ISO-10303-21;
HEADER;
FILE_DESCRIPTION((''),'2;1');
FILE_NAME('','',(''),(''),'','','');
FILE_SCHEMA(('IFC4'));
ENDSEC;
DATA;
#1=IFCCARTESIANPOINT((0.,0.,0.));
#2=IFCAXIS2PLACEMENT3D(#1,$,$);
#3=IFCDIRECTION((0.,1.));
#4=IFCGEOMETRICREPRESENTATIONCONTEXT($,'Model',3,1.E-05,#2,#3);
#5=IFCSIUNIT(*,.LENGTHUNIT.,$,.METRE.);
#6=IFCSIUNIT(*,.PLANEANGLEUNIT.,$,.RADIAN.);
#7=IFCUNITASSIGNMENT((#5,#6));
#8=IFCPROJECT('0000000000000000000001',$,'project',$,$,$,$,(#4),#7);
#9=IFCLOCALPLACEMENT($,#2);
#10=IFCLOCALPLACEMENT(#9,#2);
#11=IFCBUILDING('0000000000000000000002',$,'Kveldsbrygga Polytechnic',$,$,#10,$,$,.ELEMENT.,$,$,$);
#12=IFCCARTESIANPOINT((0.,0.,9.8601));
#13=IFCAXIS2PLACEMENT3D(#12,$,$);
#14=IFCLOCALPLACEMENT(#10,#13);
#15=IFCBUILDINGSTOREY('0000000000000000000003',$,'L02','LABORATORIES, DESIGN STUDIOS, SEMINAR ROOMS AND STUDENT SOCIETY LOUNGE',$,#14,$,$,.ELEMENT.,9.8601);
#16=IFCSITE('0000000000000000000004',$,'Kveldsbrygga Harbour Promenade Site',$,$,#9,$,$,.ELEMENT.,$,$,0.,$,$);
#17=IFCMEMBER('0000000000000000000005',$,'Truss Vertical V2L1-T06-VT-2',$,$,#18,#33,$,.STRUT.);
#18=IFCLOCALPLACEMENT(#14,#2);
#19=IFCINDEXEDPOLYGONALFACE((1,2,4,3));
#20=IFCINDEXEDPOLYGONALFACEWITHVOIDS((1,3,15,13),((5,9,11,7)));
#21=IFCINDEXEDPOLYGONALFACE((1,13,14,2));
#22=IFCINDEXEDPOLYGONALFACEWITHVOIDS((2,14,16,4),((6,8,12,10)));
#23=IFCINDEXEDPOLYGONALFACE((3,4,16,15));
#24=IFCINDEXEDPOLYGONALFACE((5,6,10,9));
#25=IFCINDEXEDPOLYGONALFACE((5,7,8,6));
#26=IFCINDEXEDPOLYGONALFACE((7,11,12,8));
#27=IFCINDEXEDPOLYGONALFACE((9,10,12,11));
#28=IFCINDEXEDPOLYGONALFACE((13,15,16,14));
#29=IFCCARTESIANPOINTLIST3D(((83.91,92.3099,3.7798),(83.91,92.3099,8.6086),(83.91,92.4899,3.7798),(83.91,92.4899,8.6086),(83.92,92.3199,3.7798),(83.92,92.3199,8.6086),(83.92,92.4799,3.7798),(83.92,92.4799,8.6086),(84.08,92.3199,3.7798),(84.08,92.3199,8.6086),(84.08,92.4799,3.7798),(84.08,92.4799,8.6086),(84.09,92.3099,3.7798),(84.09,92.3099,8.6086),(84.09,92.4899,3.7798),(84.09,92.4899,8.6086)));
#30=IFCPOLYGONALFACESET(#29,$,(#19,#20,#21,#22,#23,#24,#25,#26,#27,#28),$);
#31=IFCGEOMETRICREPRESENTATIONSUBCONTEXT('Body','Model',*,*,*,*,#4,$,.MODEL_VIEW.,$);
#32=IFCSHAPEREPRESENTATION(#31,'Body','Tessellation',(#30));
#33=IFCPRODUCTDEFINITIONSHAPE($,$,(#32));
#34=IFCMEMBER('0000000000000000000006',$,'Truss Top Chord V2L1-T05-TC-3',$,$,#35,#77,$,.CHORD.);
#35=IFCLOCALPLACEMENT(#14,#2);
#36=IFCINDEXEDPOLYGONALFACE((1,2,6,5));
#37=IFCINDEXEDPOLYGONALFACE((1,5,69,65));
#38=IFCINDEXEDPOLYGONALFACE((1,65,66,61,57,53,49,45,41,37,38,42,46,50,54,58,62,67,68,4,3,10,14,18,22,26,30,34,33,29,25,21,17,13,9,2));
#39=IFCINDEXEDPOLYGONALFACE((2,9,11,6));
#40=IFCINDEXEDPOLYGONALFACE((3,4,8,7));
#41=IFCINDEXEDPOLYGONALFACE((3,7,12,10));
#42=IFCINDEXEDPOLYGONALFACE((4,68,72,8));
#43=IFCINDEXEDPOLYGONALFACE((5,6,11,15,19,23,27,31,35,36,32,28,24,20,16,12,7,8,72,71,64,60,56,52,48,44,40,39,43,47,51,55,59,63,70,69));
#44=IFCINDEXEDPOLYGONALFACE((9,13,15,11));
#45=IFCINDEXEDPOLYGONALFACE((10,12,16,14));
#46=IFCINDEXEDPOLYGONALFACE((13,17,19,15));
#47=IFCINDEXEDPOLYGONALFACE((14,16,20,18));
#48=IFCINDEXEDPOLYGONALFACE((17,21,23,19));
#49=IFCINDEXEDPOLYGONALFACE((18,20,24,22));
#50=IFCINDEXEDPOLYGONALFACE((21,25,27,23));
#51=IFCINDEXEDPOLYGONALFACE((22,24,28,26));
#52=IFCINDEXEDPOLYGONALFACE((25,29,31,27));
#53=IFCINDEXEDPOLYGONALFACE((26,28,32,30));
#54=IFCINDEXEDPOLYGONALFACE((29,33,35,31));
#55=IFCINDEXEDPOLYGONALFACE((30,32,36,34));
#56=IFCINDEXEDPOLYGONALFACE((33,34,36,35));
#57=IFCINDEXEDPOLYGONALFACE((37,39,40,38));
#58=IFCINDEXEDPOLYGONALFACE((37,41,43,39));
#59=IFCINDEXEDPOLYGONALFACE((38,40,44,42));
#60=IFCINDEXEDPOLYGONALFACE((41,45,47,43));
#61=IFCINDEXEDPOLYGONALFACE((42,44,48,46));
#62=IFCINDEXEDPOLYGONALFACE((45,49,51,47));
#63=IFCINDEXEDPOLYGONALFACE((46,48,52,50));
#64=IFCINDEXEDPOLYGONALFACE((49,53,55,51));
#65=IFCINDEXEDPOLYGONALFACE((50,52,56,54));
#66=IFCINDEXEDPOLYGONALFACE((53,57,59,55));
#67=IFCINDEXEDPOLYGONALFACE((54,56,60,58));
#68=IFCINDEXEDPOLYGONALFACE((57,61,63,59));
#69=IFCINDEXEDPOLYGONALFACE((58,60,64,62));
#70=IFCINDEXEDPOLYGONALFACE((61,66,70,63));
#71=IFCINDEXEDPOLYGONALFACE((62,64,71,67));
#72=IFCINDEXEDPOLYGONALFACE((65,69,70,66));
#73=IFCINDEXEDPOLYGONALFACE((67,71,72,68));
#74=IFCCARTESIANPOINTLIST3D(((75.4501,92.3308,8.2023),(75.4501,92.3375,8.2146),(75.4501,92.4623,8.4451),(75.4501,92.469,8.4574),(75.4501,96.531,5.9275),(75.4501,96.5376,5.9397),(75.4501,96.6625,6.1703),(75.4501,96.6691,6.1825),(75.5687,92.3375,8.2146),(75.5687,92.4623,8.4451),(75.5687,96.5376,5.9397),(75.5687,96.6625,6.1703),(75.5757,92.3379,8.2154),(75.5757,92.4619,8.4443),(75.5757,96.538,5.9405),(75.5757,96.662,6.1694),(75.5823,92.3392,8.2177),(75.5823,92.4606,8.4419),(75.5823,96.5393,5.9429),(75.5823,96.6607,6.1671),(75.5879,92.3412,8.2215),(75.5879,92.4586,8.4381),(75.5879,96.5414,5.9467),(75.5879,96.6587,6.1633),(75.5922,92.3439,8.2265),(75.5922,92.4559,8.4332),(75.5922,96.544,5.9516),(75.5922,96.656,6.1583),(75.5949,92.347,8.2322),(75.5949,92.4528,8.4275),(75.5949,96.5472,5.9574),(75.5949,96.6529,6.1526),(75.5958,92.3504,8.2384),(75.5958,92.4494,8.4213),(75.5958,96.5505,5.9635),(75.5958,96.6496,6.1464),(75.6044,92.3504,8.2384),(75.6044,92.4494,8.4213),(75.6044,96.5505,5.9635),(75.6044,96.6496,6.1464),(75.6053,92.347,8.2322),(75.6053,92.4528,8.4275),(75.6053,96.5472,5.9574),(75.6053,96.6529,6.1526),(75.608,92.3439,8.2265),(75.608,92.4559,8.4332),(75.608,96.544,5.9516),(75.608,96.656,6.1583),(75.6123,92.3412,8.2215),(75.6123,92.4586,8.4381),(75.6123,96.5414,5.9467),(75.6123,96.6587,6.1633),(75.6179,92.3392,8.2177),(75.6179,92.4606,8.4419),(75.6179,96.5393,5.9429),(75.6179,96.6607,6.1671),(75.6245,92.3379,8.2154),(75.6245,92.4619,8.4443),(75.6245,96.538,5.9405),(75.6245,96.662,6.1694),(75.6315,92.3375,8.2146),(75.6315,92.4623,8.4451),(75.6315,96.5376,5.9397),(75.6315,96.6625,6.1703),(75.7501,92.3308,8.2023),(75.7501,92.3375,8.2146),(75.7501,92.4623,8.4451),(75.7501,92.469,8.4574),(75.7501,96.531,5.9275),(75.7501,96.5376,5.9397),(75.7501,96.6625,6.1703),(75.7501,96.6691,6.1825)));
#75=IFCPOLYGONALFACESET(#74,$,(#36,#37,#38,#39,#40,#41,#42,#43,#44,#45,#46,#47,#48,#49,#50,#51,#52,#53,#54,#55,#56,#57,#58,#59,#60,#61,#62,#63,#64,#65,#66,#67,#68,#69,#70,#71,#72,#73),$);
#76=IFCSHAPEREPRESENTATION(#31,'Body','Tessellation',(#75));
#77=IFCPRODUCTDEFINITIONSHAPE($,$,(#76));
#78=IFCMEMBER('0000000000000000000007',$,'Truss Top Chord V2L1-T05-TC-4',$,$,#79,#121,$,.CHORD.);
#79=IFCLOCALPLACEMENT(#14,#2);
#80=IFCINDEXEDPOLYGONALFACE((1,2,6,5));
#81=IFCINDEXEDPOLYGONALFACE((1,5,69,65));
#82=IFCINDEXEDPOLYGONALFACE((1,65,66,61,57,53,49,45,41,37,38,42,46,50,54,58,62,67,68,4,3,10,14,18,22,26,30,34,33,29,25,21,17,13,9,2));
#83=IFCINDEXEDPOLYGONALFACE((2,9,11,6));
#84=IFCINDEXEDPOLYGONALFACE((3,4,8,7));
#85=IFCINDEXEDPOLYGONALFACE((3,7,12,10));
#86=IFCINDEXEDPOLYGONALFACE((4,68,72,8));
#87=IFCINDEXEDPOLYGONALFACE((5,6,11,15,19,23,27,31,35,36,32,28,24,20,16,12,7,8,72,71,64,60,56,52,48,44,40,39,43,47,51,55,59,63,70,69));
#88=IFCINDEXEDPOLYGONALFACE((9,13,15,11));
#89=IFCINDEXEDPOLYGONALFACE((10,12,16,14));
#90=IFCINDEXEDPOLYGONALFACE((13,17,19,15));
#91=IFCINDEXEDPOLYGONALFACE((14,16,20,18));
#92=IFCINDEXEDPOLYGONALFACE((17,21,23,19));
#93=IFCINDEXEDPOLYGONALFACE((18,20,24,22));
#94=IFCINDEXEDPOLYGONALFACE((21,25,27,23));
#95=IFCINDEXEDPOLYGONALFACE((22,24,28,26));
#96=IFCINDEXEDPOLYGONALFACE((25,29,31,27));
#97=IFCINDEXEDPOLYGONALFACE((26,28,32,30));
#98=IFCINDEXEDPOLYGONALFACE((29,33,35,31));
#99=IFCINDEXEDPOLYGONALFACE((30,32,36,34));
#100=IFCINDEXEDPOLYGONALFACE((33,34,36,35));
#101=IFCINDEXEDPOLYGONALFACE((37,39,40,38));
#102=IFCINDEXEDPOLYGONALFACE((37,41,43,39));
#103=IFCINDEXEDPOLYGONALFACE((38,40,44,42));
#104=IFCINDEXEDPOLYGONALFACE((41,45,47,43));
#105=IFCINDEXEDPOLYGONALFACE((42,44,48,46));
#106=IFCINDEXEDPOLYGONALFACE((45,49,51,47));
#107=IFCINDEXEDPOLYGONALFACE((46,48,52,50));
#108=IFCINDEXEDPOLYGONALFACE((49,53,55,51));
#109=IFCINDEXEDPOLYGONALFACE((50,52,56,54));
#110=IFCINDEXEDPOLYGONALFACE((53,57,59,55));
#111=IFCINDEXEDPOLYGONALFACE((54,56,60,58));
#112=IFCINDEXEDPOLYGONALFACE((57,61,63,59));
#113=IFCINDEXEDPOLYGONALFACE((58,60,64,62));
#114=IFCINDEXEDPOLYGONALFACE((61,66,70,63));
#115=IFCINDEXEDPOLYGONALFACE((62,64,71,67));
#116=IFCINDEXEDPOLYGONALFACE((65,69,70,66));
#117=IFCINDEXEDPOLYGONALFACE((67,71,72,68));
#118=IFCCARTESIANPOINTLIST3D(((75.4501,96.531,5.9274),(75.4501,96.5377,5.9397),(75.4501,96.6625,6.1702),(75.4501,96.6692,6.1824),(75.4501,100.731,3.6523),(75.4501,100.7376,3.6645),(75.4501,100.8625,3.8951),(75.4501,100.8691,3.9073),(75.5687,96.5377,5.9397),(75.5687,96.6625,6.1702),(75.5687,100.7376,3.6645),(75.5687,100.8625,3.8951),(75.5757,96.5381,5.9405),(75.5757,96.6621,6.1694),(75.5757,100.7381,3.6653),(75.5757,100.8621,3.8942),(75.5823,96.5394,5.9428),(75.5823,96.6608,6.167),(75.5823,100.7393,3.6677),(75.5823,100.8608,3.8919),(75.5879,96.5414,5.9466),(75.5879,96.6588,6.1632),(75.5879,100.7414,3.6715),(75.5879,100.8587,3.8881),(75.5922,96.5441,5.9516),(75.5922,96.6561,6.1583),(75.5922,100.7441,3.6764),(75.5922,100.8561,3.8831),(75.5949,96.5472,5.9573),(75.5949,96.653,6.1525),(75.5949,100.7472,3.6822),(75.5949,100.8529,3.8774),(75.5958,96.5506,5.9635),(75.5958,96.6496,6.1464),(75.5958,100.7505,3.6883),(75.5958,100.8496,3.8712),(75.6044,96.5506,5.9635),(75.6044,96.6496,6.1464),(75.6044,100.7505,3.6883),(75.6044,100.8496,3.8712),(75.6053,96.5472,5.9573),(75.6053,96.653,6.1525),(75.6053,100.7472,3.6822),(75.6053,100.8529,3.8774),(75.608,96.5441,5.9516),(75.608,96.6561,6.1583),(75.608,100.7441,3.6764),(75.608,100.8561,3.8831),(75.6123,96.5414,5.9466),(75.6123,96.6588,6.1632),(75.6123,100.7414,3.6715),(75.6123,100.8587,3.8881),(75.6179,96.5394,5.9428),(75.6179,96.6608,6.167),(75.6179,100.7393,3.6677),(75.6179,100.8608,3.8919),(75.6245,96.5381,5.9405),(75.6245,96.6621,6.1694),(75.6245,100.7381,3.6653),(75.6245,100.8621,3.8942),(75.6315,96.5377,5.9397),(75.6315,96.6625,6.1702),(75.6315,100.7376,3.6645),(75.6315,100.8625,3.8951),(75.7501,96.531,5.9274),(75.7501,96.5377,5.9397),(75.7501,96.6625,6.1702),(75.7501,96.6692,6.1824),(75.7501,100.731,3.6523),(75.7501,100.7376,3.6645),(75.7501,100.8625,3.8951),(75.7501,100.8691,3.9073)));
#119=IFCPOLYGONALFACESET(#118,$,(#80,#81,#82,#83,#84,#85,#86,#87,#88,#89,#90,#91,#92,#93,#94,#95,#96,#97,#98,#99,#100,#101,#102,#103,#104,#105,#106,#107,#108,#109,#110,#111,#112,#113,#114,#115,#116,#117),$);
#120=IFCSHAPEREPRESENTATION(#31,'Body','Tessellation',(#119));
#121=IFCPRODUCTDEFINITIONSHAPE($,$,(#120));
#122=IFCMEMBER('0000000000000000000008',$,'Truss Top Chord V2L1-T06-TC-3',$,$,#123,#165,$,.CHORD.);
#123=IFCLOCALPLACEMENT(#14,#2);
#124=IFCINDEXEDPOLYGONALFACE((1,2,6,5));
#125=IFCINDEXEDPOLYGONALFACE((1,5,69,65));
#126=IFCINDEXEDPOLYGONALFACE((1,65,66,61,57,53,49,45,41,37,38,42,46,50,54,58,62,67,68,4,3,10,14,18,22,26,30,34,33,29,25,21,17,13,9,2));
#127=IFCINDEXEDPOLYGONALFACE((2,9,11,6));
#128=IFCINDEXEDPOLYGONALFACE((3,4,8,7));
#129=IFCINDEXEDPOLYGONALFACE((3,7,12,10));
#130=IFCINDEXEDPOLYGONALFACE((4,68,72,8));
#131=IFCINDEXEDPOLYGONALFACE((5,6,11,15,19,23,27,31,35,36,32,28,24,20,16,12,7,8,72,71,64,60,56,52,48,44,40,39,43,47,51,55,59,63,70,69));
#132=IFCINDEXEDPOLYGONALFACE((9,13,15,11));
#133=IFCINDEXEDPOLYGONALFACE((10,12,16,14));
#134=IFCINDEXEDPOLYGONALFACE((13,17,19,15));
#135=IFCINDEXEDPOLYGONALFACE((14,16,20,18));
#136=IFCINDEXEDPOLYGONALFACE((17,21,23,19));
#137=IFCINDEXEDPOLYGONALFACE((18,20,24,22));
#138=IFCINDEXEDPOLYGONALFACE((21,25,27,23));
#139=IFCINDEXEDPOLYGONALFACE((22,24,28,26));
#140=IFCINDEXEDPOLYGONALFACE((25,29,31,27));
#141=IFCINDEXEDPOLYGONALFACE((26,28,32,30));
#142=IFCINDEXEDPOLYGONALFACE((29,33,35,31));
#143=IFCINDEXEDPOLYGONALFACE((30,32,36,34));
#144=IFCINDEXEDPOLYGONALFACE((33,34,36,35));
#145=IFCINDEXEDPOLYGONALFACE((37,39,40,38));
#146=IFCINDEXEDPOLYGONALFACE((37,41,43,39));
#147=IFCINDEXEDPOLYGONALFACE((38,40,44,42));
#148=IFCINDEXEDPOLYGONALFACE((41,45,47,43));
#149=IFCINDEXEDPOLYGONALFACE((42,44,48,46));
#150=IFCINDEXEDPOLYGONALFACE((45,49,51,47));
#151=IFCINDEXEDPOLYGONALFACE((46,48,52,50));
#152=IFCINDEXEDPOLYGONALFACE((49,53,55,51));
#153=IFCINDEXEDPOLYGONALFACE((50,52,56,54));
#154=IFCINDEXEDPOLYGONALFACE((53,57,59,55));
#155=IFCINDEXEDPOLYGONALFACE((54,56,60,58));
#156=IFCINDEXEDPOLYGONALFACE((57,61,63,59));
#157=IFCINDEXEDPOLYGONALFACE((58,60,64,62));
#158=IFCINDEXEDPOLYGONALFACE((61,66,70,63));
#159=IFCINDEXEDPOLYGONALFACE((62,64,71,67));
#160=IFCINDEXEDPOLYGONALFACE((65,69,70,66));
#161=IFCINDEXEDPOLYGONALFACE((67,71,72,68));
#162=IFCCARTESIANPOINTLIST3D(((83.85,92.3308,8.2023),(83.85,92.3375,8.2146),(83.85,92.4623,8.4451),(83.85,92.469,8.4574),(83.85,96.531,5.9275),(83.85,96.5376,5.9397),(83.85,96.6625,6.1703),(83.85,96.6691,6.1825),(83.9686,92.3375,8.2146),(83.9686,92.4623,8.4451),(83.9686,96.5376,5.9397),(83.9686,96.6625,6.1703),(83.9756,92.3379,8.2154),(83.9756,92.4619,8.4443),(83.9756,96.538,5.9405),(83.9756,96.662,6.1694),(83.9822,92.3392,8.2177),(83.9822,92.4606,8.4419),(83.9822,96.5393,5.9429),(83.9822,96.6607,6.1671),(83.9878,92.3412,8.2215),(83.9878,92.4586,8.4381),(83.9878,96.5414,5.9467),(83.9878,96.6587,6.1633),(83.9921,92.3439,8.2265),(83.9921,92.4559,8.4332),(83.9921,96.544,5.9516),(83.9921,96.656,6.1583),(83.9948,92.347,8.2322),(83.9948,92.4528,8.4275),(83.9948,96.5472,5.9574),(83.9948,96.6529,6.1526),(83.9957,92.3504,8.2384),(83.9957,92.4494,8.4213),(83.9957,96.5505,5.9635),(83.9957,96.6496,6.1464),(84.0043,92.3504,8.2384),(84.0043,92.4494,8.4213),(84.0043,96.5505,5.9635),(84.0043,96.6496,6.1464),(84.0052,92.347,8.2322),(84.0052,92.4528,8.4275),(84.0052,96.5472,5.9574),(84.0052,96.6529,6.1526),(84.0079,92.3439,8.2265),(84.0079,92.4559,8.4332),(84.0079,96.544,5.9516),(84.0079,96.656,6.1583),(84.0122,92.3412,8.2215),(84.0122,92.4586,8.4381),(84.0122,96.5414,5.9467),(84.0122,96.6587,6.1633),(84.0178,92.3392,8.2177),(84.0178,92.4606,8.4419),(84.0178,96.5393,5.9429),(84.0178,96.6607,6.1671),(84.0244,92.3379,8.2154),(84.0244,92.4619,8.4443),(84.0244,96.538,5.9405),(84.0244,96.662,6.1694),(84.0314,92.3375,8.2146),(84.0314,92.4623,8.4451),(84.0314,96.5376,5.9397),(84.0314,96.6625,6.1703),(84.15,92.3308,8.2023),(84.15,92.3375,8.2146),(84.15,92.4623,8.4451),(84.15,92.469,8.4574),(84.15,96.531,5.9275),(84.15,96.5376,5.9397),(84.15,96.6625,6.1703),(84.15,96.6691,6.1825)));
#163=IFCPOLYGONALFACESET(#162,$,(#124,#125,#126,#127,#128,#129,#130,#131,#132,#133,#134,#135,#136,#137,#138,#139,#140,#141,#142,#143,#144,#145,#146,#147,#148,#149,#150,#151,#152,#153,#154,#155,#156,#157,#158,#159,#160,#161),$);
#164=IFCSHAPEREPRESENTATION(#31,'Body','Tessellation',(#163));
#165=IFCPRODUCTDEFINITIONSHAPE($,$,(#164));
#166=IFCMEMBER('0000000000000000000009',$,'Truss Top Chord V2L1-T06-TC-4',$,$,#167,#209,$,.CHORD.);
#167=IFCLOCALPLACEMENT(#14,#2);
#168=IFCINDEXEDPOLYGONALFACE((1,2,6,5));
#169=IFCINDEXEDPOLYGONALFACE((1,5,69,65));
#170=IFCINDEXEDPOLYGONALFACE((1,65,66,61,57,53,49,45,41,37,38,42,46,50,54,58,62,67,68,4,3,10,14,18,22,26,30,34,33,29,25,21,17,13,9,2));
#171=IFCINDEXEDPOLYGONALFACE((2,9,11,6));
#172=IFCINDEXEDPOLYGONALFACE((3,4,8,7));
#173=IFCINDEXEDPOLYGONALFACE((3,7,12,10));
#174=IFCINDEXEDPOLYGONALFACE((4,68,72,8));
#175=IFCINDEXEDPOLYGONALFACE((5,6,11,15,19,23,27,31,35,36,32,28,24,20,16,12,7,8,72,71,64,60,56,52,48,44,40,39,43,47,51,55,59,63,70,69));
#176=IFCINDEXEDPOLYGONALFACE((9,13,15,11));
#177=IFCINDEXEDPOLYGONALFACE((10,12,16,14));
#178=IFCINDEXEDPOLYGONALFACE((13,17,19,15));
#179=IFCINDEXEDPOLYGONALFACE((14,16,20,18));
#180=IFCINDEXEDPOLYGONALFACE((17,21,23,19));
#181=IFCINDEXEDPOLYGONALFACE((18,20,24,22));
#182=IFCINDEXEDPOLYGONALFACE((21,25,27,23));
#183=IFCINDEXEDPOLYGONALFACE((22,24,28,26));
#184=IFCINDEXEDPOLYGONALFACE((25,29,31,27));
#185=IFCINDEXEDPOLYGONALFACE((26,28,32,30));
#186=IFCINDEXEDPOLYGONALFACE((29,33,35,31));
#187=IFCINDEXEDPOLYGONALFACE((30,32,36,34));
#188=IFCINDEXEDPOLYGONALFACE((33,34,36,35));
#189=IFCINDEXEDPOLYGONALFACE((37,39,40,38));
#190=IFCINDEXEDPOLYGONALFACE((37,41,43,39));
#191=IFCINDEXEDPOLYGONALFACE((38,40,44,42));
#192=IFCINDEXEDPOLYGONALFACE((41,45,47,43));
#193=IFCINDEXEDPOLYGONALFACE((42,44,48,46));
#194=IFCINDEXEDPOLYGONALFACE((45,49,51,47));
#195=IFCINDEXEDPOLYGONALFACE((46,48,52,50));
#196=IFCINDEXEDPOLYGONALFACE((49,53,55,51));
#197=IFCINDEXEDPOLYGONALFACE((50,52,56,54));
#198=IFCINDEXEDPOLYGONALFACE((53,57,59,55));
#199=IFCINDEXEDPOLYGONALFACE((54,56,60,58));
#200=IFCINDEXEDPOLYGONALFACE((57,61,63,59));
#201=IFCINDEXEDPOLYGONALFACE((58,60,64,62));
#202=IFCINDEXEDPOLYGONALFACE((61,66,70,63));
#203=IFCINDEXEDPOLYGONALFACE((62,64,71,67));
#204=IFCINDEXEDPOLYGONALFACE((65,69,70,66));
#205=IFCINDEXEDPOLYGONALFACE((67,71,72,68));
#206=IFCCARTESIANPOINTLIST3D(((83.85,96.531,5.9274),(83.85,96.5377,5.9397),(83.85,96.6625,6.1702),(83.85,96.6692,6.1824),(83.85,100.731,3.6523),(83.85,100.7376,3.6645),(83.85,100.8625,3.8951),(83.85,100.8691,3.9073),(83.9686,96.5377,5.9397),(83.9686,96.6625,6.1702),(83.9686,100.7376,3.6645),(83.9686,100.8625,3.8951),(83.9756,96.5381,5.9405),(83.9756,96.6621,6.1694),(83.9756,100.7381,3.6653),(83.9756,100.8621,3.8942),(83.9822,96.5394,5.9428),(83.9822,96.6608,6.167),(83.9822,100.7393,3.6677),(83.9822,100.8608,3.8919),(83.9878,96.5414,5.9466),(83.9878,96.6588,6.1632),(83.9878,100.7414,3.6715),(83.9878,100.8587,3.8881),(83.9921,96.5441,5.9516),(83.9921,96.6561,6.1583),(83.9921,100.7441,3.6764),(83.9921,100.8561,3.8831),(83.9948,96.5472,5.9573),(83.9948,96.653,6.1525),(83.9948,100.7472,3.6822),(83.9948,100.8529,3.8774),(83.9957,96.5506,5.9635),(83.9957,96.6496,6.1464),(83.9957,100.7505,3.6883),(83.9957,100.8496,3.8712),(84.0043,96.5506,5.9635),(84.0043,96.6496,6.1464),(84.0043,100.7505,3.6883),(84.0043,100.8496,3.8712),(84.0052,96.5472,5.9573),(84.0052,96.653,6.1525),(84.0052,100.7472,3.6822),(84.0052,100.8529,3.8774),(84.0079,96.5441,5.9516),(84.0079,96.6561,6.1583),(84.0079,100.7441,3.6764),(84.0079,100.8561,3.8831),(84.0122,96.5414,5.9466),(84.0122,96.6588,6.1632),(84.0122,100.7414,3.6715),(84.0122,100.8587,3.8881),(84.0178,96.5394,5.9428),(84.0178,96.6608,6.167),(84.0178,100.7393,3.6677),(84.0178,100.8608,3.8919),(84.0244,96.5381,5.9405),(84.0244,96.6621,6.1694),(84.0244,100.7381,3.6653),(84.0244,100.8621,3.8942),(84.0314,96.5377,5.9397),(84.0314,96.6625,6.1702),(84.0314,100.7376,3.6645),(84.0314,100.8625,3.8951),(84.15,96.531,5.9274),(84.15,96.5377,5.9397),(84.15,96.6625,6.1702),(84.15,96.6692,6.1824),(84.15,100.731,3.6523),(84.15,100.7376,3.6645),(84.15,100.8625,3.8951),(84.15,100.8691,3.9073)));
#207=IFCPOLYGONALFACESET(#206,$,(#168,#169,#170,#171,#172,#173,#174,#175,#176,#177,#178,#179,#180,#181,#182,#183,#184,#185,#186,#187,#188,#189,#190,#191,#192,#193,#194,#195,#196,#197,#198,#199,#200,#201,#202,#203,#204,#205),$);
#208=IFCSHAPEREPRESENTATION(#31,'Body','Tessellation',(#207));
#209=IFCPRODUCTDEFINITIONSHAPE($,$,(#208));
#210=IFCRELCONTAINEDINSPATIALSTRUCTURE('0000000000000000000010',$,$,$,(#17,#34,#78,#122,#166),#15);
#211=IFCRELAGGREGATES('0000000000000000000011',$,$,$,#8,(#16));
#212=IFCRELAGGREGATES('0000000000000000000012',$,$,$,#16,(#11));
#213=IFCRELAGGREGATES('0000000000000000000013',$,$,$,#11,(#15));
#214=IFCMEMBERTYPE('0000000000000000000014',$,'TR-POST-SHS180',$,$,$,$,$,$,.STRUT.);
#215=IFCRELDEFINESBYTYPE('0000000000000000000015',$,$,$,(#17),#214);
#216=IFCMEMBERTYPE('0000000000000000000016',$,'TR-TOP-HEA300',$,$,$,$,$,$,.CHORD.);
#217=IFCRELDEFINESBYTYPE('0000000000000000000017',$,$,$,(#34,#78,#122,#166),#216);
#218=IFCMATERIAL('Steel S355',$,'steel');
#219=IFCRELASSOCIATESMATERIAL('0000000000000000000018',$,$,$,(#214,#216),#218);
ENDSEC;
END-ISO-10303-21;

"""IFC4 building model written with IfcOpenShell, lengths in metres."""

from ifc_helpers import new_model, si_unit, direction, frame, origin, origin_2d, place, context, subcontext, project, spatial, hollow_rectangle, i_section, extrude, material, material_profile, profile_set, type_object, element, save


model = new_model("IFC4")

# Units and contexts
model_context = context("Model", 3, precision=1e-05, world=origin(), true_north=direction((0.0, 1.0)))
body_context = subcontext(model_context, "Body", "Model", "MODEL_VIEW")
ifc_project = project(units=[si_unit("LENGTHUNIT", "METRE"), si_unit("PLANEANGLEUNIT", "RADIAN")], contexts=[model_context])

# Site, building, storey
site_placement = place(None, origin())
site = spatial("IfcSite", under=ifc_project, at=site_placement, Name="Kveldsbrygga Harbour Promenade Site", CompositionType="ELEMENT", RefElevation=0.0)
building_placement = place(site_placement, origin())
building = spatial("IfcBuilding", under=site, at=building_placement, Name="Kveldsbrygga Polytechnic", CompositionType="ELEMENT")
storey_placement = place(building_placement, frame((0.0, 0.0, 9.8601)))
storey = spatial("IfcBuildingStorey", under=building, at=storey_placement, Name="L02", Description="LABORATORIES, DESIGN STUDIOS, SEMINAR ROOMS AND STUDENT SOCIETY LOUNGE", CompositionType="ELEMENT", Elevation=9.8601)

# Members
ifc_material_1 = material(Name="Steel S355", Category="steel")
ifc_material_profile_1 = material_profile(ifc_material_1, hollow_rectangle(XDim=0.1799, YDim=0.1799, WallThickness=0.01, at=origin_2d()), Name="SHS 180x180x10.0")
ifc_profile_set_1 = profile_set([ifc_material_profile_1], Name="Steel S355")
member_type_1 = type_object("IfcMemberType", Name="TR-POST-SHS180", PredefinedType="STRUT", material=ifc_profile_set_1)
member_1_placement = place(storey_placement, frame((84.0, 92.3999, 3.7798), z_axis=(0.0, 0.0, 1.0), x_axis=(1.0, 0.0, 0.0)))
element("IfcMember", 1, at=member_1_placement, inside=storey, type_object=member_type_1, Name="Truss Vertical V2L1-T06-VT-2", PredefinedType="STRUT", context=body_context, shape_type="SweptSolid", body=[
    extrude(hollow_rectangle(XDim=0.1799, YDim=0.1799, WallThickness=0.01, at=origin_2d()), origin(), (0.0, 0.0, 1.0), 4.8289),
])
ifc_material_profile_2 = material_profile(ifc_material_1, i_section(OverallWidth=0.3, OverallDepth=0.29, WebThickness=0.0085, FlangeThickness=0.0139, FilletRadius=0.0271, at=origin_2d()), Name="HEA 300")
ifc_profile_set_2 = profile_set([ifc_material_profile_2], Name="Steel S355")
member_type_2 = type_object("IfcMemberType", Name="TR-TOP-HEA300", PredefinedType="CHORD", material=ifc_profile_set_2)
for number, where, z_axis, x_axis, name in (
    (2, (75.6001, 92.3999, 8.3298), (0.0, 0.87931, -0.47625), (-1.0, 0.0, 0.0), "Truss Top Chord V2L1-T05-TC-3"),
    (3, (75.6001, 96.6001, 6.0549), (0.0, 0.879277, -0.476311), (-1.0, 0.0, 0.0), "Truss Top Chord V2L1-T05-TC-4"),
    (4, (84.0, 92.3999, 8.3298), (0.0, 0.87931, -0.47625), (-1.0, 0.0, 0.0), "Truss Top Chord V2L1-T06-TC-3"),
    (5, (84.0, 96.6001, 6.0549), (0.0, 0.879277, -0.476311), (-1.0, 0.0, 0.0), "Truss Top Chord V2L1-T06-TC-4"),
):
    element("IfcMember", number, at=place(storey_placement, frame(where, z_axis=z_axis, x_axis=x_axis)), inside=storey, type_object=member_type_2, Name=name, PredefinedType="CHORD", context=body_context, shape_type="SweptSolid", body=[
        extrude(i_section(OverallWidth=0.3, OverallDepth=0.29, WebThickness=0.0085, FlangeThickness=0.0139, FilletRadius=0.0271, at=origin_2d()), origin(), (0.0, 0.0, 1.0), 4.7766),
    ])

save(model, "model.ifc")
